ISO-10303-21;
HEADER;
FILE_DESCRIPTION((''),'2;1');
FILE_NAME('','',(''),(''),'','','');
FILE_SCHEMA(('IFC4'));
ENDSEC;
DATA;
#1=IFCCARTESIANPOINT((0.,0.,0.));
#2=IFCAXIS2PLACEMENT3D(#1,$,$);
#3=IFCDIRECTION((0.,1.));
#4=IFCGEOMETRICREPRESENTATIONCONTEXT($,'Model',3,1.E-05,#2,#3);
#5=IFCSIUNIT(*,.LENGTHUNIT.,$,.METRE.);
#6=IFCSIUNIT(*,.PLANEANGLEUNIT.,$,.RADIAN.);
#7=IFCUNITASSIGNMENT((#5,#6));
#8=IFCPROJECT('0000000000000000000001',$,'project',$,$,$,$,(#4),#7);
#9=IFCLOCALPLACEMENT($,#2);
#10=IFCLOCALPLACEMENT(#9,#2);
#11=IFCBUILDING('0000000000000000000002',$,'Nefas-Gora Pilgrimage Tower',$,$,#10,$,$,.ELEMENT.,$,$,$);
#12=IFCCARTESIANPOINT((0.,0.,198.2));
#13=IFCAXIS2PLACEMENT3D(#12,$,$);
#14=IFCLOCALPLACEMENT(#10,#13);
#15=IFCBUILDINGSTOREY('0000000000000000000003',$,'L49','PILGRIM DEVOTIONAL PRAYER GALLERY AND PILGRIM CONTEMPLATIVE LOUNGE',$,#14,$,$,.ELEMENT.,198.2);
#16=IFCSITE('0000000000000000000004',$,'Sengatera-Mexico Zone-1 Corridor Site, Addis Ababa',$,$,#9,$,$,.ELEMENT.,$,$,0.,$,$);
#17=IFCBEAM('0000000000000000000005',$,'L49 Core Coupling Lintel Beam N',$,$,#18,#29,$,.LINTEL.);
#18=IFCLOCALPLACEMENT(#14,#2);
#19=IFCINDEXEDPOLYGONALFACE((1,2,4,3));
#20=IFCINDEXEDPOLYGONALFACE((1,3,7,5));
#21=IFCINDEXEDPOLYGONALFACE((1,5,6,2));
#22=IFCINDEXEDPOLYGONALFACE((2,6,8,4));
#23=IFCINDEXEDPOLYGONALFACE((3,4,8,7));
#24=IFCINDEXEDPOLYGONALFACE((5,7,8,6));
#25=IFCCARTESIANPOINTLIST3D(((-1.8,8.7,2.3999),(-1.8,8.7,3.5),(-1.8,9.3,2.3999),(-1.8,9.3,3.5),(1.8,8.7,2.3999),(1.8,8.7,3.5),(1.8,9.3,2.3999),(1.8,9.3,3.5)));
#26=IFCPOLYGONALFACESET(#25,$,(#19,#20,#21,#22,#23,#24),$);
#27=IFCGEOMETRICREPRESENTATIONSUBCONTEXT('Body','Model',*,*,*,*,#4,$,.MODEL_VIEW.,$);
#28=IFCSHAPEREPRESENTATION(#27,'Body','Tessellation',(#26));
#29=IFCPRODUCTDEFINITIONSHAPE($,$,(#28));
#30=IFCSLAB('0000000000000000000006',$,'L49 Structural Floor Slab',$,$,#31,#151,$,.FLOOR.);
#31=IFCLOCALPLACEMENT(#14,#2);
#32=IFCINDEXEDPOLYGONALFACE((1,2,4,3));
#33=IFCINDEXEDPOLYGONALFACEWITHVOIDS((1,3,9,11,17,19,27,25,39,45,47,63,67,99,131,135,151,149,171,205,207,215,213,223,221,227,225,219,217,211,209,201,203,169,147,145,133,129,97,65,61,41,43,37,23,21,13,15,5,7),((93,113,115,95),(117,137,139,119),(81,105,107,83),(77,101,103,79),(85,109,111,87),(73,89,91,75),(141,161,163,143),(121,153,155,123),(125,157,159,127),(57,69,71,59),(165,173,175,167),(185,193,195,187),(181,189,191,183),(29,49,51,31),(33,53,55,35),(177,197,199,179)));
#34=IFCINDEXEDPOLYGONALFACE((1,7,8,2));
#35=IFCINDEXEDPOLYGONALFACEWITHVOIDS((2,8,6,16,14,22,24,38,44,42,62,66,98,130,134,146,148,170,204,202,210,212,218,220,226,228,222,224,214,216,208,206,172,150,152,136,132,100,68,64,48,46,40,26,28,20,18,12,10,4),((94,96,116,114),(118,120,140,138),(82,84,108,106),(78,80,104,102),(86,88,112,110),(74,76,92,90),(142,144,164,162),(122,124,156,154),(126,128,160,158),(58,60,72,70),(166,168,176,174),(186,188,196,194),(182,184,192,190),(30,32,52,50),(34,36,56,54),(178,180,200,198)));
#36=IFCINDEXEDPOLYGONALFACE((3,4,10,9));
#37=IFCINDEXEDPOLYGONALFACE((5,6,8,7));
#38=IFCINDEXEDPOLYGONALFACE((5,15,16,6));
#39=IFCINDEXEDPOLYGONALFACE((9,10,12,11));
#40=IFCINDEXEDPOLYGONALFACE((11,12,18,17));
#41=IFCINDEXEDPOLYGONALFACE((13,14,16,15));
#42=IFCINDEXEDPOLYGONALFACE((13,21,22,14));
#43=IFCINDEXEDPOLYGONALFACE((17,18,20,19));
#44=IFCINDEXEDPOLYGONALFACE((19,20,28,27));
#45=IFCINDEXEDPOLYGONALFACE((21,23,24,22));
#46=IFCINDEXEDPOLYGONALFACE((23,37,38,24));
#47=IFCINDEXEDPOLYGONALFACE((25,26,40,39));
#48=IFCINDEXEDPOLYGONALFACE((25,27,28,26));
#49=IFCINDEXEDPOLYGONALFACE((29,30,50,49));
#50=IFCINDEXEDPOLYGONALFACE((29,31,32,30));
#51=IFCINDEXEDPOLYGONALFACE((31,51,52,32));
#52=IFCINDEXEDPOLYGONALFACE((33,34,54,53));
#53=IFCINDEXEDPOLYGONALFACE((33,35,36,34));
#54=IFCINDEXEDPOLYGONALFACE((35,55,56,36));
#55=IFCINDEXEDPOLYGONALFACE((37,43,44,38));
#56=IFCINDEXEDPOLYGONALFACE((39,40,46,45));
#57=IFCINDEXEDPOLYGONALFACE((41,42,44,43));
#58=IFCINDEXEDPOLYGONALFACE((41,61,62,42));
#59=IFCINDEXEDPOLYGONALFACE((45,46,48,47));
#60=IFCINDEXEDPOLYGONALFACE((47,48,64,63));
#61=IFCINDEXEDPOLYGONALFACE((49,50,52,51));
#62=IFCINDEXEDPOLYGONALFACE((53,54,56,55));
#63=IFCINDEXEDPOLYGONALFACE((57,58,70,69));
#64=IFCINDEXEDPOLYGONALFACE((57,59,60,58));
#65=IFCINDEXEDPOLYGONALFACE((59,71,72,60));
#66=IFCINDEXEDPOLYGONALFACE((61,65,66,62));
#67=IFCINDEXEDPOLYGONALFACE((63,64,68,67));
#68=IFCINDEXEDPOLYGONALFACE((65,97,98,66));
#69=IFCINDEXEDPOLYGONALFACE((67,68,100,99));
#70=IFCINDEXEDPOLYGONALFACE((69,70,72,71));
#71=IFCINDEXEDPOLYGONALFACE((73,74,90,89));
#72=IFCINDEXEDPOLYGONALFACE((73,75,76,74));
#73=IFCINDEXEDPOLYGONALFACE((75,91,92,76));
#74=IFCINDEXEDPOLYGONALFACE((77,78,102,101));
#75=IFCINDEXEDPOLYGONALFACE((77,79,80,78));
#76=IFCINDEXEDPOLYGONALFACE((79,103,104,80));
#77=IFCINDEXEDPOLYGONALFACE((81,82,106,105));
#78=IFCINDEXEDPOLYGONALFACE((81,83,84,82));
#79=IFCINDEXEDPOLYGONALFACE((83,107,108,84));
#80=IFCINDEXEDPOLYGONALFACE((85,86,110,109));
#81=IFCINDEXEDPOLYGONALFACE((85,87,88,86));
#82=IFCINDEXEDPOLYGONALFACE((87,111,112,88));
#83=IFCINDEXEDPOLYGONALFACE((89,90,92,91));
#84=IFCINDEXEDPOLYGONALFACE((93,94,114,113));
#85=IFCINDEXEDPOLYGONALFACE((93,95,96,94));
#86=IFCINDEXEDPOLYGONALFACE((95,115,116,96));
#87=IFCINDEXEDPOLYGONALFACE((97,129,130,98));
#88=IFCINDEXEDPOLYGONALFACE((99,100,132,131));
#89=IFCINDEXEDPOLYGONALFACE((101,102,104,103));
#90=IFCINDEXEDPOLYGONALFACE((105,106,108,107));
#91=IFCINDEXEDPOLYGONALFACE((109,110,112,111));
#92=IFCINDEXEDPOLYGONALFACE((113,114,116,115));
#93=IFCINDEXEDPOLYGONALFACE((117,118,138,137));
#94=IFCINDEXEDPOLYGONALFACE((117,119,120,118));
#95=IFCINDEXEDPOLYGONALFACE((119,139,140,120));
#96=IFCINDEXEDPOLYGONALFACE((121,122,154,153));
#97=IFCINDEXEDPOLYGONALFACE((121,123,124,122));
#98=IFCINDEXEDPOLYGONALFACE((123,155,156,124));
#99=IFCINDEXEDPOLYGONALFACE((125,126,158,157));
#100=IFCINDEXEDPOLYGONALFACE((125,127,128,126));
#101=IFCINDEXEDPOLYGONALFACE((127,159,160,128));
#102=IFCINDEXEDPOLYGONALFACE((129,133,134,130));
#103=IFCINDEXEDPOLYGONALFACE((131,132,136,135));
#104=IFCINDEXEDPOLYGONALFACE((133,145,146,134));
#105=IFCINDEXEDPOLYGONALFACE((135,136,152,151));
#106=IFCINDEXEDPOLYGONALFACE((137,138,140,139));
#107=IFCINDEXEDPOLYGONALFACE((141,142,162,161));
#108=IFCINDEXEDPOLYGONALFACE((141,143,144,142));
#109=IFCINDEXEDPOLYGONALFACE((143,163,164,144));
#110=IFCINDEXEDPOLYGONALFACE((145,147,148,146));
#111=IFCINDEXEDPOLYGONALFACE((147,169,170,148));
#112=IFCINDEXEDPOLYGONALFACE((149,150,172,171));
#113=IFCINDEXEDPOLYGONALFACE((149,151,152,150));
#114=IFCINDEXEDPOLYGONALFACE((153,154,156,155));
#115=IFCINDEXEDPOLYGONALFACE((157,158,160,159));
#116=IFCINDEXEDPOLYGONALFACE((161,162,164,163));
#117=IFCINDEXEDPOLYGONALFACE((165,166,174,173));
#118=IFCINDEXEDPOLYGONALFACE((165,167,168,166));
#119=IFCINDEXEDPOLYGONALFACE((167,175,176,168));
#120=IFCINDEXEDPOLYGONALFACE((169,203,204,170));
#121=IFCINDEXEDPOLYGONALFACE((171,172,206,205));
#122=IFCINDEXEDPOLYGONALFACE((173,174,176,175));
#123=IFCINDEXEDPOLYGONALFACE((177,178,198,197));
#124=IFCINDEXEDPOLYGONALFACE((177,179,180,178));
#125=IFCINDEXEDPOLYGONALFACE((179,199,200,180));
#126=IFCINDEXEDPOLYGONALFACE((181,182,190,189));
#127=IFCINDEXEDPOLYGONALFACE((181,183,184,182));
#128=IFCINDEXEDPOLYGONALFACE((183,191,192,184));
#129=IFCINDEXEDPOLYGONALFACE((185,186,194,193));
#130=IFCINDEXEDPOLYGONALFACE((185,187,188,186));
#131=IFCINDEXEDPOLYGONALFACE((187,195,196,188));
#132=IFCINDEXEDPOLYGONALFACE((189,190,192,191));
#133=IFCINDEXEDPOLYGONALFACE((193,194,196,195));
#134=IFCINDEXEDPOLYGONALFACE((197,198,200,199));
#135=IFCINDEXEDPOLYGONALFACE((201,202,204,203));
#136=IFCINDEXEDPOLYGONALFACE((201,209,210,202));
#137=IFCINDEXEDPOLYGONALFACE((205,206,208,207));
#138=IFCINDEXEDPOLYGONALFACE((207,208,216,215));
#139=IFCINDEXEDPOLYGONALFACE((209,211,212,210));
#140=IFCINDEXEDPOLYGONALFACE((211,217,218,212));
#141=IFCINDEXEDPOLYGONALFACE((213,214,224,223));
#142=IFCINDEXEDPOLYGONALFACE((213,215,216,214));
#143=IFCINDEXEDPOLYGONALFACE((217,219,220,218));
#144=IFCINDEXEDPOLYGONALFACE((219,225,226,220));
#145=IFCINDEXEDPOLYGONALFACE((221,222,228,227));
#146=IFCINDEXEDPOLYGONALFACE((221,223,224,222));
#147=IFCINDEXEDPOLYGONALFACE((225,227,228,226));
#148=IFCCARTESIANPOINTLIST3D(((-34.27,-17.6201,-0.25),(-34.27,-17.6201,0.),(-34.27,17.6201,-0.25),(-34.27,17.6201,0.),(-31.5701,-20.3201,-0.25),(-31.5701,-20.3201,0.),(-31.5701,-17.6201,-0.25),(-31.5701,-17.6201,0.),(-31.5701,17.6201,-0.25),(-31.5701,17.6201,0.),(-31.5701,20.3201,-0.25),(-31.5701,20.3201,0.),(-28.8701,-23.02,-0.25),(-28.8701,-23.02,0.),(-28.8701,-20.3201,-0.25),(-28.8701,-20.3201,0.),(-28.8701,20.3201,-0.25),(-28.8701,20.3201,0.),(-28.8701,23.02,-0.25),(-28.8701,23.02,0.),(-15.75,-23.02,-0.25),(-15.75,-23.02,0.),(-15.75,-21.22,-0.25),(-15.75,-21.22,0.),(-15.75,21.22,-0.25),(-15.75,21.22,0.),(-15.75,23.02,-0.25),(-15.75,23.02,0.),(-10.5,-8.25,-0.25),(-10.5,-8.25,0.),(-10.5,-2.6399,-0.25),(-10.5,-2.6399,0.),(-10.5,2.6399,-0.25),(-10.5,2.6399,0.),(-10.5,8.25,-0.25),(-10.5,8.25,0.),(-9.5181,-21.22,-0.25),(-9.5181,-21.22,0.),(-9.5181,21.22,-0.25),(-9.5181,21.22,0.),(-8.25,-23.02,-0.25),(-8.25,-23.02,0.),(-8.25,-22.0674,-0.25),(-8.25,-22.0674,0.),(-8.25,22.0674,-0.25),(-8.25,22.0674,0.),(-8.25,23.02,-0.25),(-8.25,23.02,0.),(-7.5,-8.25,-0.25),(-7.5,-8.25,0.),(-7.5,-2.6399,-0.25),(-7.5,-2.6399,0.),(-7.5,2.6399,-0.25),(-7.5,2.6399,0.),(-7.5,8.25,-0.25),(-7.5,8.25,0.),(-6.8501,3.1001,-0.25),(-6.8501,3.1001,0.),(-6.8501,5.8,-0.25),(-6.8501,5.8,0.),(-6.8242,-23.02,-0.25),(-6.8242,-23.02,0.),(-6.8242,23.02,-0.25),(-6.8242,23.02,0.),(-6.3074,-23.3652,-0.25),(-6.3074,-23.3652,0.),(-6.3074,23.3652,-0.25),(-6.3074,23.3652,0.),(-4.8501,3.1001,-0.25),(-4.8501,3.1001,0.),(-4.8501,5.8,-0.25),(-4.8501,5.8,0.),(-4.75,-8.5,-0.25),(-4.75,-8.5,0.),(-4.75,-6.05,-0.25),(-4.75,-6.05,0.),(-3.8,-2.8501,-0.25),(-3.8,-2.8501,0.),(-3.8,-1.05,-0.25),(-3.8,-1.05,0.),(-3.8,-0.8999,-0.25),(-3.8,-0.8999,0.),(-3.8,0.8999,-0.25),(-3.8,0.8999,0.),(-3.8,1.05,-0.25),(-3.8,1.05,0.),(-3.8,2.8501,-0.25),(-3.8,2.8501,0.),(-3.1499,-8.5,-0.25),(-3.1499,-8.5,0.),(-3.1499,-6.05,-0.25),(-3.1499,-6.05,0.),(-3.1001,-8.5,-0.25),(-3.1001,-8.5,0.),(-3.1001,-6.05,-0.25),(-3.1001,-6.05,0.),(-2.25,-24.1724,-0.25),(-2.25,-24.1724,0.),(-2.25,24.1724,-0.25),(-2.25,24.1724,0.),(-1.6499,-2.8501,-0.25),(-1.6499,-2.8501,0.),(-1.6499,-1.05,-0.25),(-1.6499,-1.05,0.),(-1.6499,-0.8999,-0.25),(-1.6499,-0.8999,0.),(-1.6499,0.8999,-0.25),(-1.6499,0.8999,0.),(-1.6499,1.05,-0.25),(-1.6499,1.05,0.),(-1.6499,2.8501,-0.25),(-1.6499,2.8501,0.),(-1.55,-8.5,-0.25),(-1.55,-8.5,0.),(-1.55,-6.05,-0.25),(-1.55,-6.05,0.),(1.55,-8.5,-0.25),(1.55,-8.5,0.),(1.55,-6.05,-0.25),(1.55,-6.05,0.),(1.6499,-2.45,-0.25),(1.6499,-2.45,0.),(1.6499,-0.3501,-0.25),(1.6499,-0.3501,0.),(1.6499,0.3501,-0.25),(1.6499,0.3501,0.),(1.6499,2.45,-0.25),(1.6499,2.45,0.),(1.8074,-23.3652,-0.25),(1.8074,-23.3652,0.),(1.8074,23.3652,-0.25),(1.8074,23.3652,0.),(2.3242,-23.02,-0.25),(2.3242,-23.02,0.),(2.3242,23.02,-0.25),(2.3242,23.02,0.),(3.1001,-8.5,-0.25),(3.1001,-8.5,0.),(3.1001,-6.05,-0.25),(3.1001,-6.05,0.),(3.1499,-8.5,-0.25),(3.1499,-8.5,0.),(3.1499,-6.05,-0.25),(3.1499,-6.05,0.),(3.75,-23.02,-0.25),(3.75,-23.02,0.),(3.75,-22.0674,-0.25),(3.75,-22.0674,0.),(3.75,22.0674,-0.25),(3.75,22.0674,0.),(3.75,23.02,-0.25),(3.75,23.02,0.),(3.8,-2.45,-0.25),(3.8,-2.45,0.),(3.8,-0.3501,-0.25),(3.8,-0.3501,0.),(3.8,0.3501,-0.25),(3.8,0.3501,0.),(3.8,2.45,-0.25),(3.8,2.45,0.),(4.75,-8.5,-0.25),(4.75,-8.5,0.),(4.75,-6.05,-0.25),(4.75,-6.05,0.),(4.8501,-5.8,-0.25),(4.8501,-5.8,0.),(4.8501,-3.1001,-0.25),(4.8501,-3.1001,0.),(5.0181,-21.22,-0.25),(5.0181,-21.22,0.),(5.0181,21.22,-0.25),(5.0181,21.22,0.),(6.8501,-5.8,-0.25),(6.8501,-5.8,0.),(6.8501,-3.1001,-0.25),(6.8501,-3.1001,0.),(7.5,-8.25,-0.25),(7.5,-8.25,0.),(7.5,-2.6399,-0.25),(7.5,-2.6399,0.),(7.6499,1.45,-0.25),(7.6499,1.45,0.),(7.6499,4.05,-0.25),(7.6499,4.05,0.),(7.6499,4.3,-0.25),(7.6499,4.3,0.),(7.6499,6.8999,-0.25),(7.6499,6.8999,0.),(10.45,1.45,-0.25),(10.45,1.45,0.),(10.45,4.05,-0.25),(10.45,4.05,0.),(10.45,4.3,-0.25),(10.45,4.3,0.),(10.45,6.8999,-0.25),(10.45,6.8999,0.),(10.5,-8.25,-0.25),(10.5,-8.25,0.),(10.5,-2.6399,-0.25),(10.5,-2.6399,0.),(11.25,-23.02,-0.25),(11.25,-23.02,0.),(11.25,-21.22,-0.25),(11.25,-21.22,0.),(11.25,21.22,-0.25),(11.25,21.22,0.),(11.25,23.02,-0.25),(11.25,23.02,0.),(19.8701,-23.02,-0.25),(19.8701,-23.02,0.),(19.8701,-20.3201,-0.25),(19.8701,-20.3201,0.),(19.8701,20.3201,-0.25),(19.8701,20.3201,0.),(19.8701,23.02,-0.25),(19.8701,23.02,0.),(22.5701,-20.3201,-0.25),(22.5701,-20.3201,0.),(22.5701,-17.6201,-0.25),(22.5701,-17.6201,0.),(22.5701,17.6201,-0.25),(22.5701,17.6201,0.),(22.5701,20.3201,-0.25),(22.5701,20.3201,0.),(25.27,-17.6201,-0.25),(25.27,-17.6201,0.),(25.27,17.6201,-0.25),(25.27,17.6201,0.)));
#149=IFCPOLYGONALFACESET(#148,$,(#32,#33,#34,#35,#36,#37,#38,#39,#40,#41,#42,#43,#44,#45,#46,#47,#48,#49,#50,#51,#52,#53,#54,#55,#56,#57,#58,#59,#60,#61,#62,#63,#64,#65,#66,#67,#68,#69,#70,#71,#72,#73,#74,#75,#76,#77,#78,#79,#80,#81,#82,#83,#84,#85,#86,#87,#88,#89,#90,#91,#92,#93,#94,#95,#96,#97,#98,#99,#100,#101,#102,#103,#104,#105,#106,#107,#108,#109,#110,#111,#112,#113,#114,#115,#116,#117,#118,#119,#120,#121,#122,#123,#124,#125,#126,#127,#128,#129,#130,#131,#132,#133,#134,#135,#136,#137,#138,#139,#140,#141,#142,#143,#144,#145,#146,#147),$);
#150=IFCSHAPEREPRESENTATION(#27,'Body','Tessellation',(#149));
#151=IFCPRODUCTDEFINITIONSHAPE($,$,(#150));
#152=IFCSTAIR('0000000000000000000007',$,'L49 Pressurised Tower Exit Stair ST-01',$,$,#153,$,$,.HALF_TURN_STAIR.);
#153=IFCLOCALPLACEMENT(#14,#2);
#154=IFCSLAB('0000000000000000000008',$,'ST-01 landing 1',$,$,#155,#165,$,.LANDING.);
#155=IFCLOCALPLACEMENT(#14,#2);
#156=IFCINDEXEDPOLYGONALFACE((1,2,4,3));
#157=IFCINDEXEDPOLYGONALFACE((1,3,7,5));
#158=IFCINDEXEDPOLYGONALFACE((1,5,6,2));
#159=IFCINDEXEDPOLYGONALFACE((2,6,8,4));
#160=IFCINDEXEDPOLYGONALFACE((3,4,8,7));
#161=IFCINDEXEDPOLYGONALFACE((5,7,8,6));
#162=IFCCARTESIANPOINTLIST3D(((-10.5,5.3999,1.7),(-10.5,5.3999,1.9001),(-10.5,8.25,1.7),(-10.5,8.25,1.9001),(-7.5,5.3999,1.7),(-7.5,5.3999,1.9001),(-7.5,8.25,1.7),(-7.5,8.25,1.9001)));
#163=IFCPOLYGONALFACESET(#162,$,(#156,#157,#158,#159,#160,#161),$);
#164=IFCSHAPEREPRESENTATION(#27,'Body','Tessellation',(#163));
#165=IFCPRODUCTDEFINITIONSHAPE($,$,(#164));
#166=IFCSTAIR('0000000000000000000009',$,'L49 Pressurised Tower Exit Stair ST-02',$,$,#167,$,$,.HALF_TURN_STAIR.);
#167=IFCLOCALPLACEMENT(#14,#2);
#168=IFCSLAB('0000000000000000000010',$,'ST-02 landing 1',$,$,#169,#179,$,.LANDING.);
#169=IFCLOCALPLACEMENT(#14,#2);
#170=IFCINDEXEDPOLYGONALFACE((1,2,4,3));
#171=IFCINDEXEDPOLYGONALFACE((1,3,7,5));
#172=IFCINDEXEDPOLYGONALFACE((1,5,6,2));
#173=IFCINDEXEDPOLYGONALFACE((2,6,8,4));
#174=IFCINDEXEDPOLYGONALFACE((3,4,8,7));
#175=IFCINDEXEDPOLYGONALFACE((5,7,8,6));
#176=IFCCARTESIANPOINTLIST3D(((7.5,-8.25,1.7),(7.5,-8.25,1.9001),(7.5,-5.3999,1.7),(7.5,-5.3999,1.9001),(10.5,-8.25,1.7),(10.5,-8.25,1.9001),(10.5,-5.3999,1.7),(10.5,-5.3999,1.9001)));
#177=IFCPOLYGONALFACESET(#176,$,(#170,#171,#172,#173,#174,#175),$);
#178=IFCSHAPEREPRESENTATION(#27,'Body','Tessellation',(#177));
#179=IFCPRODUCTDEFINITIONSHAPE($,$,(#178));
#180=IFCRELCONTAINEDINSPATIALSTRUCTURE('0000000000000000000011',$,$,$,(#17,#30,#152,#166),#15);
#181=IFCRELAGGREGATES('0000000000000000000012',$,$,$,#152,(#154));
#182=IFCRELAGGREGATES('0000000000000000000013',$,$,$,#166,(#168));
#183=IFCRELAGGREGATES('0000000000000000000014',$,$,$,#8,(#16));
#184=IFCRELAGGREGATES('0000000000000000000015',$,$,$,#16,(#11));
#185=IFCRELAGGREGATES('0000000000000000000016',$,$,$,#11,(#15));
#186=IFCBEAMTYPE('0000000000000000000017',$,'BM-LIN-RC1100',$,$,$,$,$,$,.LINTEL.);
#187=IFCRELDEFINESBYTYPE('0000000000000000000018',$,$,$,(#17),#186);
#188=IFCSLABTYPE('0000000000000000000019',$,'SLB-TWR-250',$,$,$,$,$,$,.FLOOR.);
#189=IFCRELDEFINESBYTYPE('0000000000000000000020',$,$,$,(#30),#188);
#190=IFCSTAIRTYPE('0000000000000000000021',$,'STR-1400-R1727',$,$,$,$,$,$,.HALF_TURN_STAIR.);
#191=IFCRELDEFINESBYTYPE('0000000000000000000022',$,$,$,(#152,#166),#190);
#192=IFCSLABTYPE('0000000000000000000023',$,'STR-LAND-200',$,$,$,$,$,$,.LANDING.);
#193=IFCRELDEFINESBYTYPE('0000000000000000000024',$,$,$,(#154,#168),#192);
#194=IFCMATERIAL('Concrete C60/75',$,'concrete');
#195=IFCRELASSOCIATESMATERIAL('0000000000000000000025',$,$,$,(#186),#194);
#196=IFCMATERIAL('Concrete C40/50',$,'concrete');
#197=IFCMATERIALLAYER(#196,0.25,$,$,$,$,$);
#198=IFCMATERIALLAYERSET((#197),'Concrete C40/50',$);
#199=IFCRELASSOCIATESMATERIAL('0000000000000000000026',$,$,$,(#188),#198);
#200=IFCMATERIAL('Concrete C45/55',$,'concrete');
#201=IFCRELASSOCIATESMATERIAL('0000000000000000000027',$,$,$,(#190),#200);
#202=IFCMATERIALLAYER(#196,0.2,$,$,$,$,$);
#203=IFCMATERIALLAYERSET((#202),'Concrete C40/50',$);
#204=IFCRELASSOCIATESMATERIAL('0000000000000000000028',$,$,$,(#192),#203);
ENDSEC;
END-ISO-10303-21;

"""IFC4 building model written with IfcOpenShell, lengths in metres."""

from ifc_helpers import new_model, si_unit, direction, frame, origin, origin_2d, place, context, subcontext, project, spatial, polyline, rectangle, outline, extrude, source, transform, mapped, material, layer, layer_set, material_profile, profile_set, type_object, element, aggregate, save


model = new_model("IFC4")

# Units and contexts
model_context = context("Model", 3, precision=1e-05, world=origin(), true_north=direction((0.0, 1.0)))
body_context = subcontext(model_context, "Body", "Model", "MODEL_VIEW")
ifc_project = project(units=[si_unit("LENGTHUNIT", "METRE"), si_unit("PLANEANGLEUNIT", "RADIAN")], contexts=[model_context])

# Site, building, storey
site_placement = place(None, origin())
site = spatial("IfcSite", under=ifc_project, at=site_placement, Name="Sengatera-Mexico Zone-1 Corridor Site, Addis Ababa", CompositionType="ELEMENT", RefElevation=0.0)
building_placement = place(site_placement, origin())
building = spatial("IfcBuilding", under=site, at=building_placement, Name="Nefas-Gora Pilgrimage Tower", CompositionType="ELEMENT")
storey_placement = place(building_placement, frame((0.0, 0.0, 198.2)))
storey = spatial("IfcBuildingStorey", under=building, at=storey_placement, Name="L49", Description="PILGRIM DEVOTIONAL PRAYER GALLERY AND PILGRIM CONTEMPLATIVE LOUNGE", CompositionType="ELEMENT", Elevation=198.2)

# Beam
ifc_material_1 = material(Name="Concrete C60/75", Category="concrete")
ifc_material_profile = material_profile(ifc_material_1, rectangle(XDim=0.6001, YDim=1.1001, at=origin_2d()), Name="RC 600x1100")
ifc_profile_set = profile_set([ifc_material_profile], Name="Concrete C60/75")
beam_type = type_object("IfcBeamType", Name="BM-LIN-RC1100", PredefinedType="LINTEL", material=ifc_profile_set)
shared_shape_1 = source(origin(), body_context, "Body", "SweptSolid", [
    extrude(rectangle(XDim=0.6001, YDim=1.1001, at=origin_2d()), origin(), (0.0, 0.0, 1.0), 3.6001),
])
beam_placement = place(storey_placement, frame((-1.8, 9.0, 2.95), z_axis=(1.0, 0.0, 0.0), x_axis=(0.0, 1.0, 0.0)))
element("IfcBeam", 1, at=beam_placement, inside=storey, type_object=beam_type, Name="L49 Core Coupling Lintel Beam N", PredefinedType="LINTEL", context=body_context, shape_type="MappedRepresentation", body=[
    mapped(shared_shape_1, transform((0.0, 0.0, 0.0), x_axis=(1.0, 0.0, 0.0), y_axis=(0.0, 1.0, 0.0), z_axis=(0.0, 0.0, 1.0), scale=1.0)),
])

# Slab
ifc_material_2 = material(Name="Concrete C40/50", Category="concrete")
ifc_layer_1 = layer(ifc_material_2, 0.25)
ifc_layer_set_1 = layer_set([ifc_layer_1], Name="Concrete C40/50")
slab_type_1 = type_object("IfcSlabType", Name="SLB-TWR-250", PredefinedType="FLOOR", material=ifc_layer_set_1)
slab_1_placement = place(storey_placement, frame((0.0, 0.0, -0.25)))
element("IfcSlab", 2, at=slab_1_placement, inside=storey, type_object=slab_type_1, Name="L49 Structural Floor Slab", PredefinedType="FLOOR", context=body_context, shape_type="SweptSolid", body=[
    extrude(outline(polyline([(5.0181, -21.22), (11.25, -21.22), (11.25, -23.02), (19.8701, -23.02), (19.8701, -20.3201), (22.5701, -20.3201), (22.5701, -17.6201), (25.27, -17.6201), (25.27, 17.6201), (22.5701, 17.6201), (22.5701, 20.3201), (19.8701, 20.3201), (19.8701, 23.02), (11.25, 23.02), (11.25, 21.22), (5.0181, 21.22), (3.75, 22.0674), (3.75, 23.02), (2.3242, 23.02), (1.8074, 23.3652), (-2.25, 24.1724), (-6.3074, 23.3652), (-6.8242, 23.02), (-8.25, 23.02), (-8.25, 22.0674), (-9.5181, 21.22), (-15.75, 21.22), (-15.75, 23.02), (-28.8701, 23.02), (-28.8701, 20.3201), (-31.5701, 20.3201), (-31.5701, 17.6201), (-34.27, 17.6201), (-34.27, -17.6201), (-31.5701, -17.6201), (-31.5701, -20.3201), (-28.8701, -20.3201), (-28.8701, -23.02), (-15.75, -23.02), (-15.75, -21.22), (-9.5181, -21.22), (-8.25, -22.0674), (-8.25, -23.02), (-6.8242, -23.02), (-6.3074, -23.3652), (-2.25, -24.1724), (1.8074, -23.3652), (2.3242, -23.02), (3.75, -23.02), (3.75, -22.0674), (5.0181, -21.22)]), holes=[polyline([(-10.5, 2.6399), (-10.5, 8.25), (-7.5, 8.25), (-7.5, 2.6399), (-10.5, 2.6399)]), polyline([(10.5, -2.6399), (10.5, -8.25), (7.5, -8.25), (7.5, -2.6399), (10.5, -2.6399)]), polyline([(-7.5, -2.6399), (-7.5, -8.25), (-10.5, -8.25), (-10.5, -2.6399), (-7.5, -2.6399)]), polyline([(-6.8501, 5.8), (-4.8501, 5.8), (-4.8501, 3.1001), (-6.8501, 3.1001), (-6.8501, 5.8)]), polyline([(4.8501, -3.1001), (6.8501, -3.1001), (6.8501, -5.8), (4.8501, -5.8), (4.8501, -3.1001)]), polyline([(7.6499, 4.05), (10.45, 4.05), (10.45, 1.45), (7.6499, 1.45), (7.6499, 4.05)]), polyline([(7.6499, 6.8999), (10.45, 6.8999), (10.45, 4.3), (7.6499, 4.3), (7.6499, 6.8999)]), polyline([(-4.75, -6.05), (-3.1499, -6.05), (-3.1499, -8.5), (-4.75, -8.5), (-4.75, -6.05)]), polyline([(-3.1001, -6.05), (-1.55, -6.05), (-1.55, -8.5), (-3.1001, -8.5), (-3.1001, -6.05)]), polyline([(1.55, -6.05), (3.1001, -6.05), (3.1001, -8.5), (1.55, -8.5), (1.55, -6.05)]), polyline([(3.1499, -6.05), (4.75, -6.05), (4.75, -8.5), (3.1499, -8.5), (3.1499, -6.05)]), polyline([(-3.8, -1.05), (-1.6499, -1.05), (-1.6499, -2.8501), (-3.8, -2.8501), (-3.8, -1.05)]), polyline([(-3.8, 0.8999), (-1.6499, 0.8999), (-1.6499, -0.8999), (-3.8, -0.8999), (-3.8, 0.8999)]), polyline([(-3.8, 2.8501), (-1.6499, 2.8501), (-1.6499, 1.05), (-3.8, 1.05), (-3.8, 2.8501)]), polyline([(1.6499, -0.3501), (3.8, -0.3501), (3.8, -2.45), (1.6499, -2.45), (1.6499, -0.3501)]), polyline([(1.6499, 2.45), (3.8, 2.45), (3.8, 0.3501), (1.6499, 0.3501), (1.6499, 2.45)])]), origin(), (0.0, 0.0, 1.0), 0.25),
])

# Stairs, slabs
ifc_material_3 = material(Name="Concrete C45/55", Category="concrete")
stair_type = type_object("IfcStairType", Name="STR-1400-R1727", PredefinedType="HALF_TURN_STAIR", material=ifc_material_3)
stair_1_placement = place(storey_placement, origin())
stair_1 = element("IfcStair", 3, at=stair_1_placement, inside=storey, type_object=stair_type, Name="L49 Pressurised Tower Exit Stair ST-01", PredefinedType="HALF_TURN_STAIR")
ifc_layer_2 = layer(ifc_material_2, 0.2)
ifc_layer_set_2 = layer_set([ifc_layer_2], Name="Concrete C40/50")
slab_type_2 = type_object("IfcSlabType", Name="STR-LAND-200", PredefinedType="LANDING", material=ifc_layer_set_2)
slab_2_placement = place(storey_placement, frame((0.0, 0.0, 1.7)))
slab_2 = element("IfcSlab", 4, at=slab_2_placement, type_object=slab_type_2, Name="ST-01 landing 1", PredefinedType="LANDING", context=body_context, shape_type="SweptSolid", body=[
    extrude(outline(polyline([(-7.5, 5.3999), (-7.5, 8.25), (-10.5, 8.25), (-10.5, 5.3999), (-7.5, 5.3999)])), origin(), (0.0, 0.0, 1.0), 0.2002),
])
aggregate(stair_1, [slab_2])
stair_2_placement = place(storey_placement, origin())
stair_2 = element("IfcStair", 5, at=stair_2_placement, inside=storey, type_object=stair_type, Name="L49 Pressurised Tower Exit Stair ST-02", PredefinedType="HALF_TURN_STAIR")
slab_3_placement = place(storey_placement, frame((0.0, 0.0, 1.7)))
slab_3 = element("IfcSlab", 6, at=slab_3_placement, type_object=slab_type_2, Name="ST-02 landing 1", PredefinedType="LANDING", context=body_context, shape_type="SweptSolid", body=[
    extrude(outline(polyline([(7.5, -5.3999), (7.5, -8.25), (10.5, -8.25), (10.5, -5.3999), (7.5, -5.3999)])), origin(), (0.0, 0.0, 1.0), 0.2002),
])
aggregate(stair_2, [slab_3])

save(model, "model.ifc")
